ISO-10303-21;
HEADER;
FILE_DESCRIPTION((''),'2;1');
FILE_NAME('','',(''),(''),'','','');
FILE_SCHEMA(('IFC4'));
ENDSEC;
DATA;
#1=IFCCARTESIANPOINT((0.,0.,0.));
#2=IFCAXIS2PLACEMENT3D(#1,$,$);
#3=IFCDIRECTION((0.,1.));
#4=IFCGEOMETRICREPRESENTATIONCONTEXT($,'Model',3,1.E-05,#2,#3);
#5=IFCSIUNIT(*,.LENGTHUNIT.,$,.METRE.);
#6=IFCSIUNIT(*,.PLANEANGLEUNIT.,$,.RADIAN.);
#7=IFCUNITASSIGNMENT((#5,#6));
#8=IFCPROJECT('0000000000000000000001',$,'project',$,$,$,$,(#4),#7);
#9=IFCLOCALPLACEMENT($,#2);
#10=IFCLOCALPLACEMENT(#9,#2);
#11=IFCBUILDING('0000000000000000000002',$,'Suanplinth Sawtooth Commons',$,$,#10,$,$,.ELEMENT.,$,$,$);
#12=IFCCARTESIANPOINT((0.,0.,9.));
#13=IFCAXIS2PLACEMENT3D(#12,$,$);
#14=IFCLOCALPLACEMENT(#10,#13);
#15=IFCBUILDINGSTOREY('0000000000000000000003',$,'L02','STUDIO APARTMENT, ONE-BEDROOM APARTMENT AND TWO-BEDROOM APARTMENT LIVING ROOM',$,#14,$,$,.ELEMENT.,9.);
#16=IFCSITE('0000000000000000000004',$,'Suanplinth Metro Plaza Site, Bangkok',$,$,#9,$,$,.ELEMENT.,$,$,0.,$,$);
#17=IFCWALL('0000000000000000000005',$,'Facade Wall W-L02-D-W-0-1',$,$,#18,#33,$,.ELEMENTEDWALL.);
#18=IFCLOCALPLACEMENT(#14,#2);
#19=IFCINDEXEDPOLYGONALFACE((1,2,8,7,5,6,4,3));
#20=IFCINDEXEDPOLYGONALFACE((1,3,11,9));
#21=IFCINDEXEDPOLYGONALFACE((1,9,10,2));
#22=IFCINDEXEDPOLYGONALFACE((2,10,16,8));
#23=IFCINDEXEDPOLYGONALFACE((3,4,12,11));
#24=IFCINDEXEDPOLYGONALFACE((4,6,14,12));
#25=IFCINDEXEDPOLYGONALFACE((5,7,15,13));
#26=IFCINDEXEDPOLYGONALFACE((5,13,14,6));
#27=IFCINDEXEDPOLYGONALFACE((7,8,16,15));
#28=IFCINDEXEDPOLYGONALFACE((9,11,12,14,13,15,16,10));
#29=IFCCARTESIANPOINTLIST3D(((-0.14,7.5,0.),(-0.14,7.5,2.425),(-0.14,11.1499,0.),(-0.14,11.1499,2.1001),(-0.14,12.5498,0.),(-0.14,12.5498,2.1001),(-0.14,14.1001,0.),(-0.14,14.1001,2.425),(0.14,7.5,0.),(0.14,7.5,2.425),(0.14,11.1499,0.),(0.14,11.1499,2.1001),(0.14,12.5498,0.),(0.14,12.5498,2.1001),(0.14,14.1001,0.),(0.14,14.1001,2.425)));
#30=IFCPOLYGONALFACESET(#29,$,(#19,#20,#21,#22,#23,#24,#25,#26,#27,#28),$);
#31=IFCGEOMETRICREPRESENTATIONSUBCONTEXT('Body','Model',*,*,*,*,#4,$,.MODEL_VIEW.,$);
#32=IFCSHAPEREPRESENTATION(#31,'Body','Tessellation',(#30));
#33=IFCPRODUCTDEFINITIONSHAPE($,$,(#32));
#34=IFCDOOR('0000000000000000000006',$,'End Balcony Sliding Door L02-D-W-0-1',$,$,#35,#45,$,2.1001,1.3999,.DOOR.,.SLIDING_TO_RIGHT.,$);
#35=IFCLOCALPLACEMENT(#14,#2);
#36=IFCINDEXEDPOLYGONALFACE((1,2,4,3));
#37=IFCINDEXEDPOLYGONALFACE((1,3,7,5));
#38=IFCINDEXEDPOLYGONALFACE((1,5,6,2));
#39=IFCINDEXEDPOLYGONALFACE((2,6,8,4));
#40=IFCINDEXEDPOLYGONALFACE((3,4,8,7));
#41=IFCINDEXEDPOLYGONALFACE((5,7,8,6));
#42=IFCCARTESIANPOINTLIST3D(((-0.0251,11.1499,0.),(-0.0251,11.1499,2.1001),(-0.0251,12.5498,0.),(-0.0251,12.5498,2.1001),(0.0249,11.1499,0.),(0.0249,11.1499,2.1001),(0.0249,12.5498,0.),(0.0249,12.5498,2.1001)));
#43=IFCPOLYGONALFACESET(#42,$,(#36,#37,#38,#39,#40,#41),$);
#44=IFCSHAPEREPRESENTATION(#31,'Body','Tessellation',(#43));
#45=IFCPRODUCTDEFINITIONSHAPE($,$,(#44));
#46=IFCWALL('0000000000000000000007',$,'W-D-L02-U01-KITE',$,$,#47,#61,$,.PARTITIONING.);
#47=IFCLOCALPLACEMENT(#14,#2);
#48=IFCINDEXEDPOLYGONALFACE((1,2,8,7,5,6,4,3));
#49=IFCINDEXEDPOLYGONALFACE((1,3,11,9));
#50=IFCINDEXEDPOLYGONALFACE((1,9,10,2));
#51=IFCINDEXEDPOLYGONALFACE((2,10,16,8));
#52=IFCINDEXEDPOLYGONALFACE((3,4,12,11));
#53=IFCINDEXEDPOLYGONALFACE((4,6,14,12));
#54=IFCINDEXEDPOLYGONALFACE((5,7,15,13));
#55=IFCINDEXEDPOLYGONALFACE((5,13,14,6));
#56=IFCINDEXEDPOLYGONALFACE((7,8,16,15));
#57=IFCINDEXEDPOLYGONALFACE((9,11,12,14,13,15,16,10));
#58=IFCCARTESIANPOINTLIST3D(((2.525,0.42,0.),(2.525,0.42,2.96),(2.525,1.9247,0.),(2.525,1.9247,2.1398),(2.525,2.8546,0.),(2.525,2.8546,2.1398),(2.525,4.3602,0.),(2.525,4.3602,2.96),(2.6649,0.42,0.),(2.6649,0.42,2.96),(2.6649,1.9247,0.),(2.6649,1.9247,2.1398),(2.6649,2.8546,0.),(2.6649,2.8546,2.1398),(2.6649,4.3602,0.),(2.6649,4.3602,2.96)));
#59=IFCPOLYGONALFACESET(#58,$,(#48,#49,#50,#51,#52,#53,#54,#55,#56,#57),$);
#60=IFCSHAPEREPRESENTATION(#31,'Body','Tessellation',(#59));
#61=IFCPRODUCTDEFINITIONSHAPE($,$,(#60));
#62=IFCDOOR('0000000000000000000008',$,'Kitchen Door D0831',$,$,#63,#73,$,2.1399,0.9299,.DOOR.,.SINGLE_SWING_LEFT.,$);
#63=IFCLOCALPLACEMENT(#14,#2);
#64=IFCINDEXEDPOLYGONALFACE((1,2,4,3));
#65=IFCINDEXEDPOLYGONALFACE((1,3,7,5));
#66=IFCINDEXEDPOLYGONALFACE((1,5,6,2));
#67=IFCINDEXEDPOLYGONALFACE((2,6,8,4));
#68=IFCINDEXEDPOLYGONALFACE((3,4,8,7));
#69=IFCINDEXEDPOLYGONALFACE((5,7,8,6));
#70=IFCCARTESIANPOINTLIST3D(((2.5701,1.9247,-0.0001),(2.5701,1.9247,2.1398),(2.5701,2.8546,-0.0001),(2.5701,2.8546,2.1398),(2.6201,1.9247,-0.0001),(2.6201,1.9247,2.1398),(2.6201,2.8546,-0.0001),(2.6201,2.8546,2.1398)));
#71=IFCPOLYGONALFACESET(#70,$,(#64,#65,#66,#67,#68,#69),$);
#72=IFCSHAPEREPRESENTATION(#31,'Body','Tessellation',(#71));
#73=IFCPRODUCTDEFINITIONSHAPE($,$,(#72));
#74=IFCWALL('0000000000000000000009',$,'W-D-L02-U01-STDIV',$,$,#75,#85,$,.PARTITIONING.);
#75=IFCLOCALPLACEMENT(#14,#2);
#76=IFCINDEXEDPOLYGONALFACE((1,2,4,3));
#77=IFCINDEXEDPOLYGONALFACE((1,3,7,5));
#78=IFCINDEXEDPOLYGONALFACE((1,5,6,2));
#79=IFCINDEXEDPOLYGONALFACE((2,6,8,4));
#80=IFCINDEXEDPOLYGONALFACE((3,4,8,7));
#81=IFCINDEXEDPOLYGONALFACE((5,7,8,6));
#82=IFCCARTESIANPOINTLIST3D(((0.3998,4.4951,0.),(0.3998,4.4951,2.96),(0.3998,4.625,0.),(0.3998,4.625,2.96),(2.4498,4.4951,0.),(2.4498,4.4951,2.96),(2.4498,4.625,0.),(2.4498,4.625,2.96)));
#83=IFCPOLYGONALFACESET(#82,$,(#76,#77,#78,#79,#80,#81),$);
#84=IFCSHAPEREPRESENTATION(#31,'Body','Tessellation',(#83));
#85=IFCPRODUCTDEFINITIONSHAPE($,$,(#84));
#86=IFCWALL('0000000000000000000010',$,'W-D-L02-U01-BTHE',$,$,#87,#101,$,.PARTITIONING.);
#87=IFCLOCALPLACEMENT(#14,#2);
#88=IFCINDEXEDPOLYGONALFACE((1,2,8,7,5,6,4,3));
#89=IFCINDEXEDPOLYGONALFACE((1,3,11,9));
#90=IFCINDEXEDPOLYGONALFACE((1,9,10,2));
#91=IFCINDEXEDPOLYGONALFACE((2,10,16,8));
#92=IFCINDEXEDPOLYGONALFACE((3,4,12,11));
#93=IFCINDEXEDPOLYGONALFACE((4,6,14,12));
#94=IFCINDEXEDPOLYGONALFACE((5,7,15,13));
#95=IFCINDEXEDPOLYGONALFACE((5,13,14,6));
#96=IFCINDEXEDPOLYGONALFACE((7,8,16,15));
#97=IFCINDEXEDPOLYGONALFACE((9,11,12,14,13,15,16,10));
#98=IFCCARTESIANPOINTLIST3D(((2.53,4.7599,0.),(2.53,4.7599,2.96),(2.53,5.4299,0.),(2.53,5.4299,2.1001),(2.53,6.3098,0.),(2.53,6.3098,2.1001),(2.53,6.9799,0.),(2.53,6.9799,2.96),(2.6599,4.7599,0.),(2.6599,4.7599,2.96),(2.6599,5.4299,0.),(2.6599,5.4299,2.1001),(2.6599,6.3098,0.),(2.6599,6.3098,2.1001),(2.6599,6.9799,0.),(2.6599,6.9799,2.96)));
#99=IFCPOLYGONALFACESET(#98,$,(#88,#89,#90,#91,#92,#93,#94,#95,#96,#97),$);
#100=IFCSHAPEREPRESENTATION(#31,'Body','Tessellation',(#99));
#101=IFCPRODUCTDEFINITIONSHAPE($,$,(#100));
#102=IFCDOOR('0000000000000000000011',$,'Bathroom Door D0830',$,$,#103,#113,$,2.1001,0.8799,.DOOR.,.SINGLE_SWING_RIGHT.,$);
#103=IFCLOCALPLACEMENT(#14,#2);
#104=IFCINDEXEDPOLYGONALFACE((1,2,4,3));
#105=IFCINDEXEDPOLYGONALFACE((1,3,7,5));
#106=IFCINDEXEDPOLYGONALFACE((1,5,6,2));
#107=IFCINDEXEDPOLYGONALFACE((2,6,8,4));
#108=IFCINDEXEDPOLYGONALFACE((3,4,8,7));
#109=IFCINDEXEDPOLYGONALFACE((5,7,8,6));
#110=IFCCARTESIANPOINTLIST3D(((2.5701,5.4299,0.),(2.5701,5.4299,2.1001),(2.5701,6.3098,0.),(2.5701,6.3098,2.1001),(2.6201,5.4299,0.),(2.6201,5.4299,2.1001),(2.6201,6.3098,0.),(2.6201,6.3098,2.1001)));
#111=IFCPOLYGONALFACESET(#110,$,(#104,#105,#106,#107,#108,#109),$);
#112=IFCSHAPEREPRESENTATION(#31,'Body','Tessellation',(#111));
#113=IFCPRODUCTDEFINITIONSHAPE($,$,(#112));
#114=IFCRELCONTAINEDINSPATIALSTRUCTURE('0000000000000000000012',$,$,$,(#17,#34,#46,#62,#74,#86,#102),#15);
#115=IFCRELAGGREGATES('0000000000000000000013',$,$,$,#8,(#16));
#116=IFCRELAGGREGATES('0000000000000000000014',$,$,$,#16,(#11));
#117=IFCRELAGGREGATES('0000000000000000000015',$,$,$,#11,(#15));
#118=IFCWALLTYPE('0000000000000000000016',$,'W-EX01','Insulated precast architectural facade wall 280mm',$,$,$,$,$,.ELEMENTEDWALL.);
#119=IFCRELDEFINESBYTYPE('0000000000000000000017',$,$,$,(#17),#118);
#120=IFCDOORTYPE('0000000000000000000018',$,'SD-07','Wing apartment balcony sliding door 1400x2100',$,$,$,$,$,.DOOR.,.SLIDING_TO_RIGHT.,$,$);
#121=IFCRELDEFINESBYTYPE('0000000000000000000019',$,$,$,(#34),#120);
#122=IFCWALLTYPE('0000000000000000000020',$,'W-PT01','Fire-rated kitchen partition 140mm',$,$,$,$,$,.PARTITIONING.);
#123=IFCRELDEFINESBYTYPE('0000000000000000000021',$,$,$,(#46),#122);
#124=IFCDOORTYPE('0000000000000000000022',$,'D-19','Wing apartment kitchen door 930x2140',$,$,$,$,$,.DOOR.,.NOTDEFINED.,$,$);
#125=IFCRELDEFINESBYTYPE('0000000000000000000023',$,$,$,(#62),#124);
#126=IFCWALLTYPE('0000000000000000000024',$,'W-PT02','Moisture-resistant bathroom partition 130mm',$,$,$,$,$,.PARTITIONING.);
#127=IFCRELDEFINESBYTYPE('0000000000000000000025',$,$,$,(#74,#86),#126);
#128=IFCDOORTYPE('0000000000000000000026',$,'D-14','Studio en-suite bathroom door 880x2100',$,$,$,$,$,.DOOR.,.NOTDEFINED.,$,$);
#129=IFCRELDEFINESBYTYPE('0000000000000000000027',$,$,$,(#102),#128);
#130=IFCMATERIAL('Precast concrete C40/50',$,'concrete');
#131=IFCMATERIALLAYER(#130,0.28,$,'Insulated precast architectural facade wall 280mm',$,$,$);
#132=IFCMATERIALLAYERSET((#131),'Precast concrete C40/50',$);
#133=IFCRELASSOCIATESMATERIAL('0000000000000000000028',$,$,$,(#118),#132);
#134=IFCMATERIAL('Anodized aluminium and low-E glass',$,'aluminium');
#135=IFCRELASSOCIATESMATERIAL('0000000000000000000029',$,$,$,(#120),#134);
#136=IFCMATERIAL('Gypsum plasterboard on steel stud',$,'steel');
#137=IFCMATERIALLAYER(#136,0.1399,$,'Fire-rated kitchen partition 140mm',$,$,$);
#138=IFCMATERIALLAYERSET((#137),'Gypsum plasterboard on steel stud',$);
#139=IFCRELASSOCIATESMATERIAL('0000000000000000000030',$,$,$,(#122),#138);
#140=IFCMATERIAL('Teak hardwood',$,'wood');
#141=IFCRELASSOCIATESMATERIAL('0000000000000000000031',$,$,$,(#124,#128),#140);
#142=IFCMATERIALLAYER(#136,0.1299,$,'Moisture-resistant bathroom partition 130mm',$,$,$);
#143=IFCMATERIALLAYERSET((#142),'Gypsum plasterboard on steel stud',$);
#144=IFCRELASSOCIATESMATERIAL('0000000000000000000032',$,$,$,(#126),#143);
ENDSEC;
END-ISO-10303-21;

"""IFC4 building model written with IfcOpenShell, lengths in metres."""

from ifc_helpers import new_model, si_unit, direction, frame, frame_2d, origin, place, context, subcontext, project, spatial, rectangle, extrude, material, layer, layer_set, type_object, element, fill, save


model = new_model("IFC4")

# Units and contexts
model_context = context("Model", 3, precision=1e-05, world=origin(), true_north=direction((0.0, 1.0)))
body_context = subcontext(model_context, "Body", "Model", "MODEL_VIEW")
ifc_project = project(units=[si_unit("LENGTHUNIT", "METRE"), si_unit("PLANEANGLEUNIT", "RADIAN")], contexts=[model_context])

# Site, building, storey
site_placement = place(None, origin())
site = spatial("IfcSite", under=ifc_project, at=site_placement, Name="Suanplinth Metro Plaza Site, Bangkok", CompositionType="ELEMENT", RefElevation=0.0)
building_placement = place(site_placement, origin())
building = spatial("IfcBuilding", under=site, at=building_placement, Name="Suanplinth Sawtooth Commons", CompositionType="ELEMENT")
storey_placement = place(building_placement, frame((0.0, 0.0, 9.0)))
storey = spatial("IfcBuildingStorey", under=building, at=storey_placement, Name="L02", Description="STUDIO APARTMENT, ONE-BEDROOM APARTMENT AND TWO-BEDROOM APARTMENT LIVING ROOM", CompositionType="ELEMENT", Elevation=9.0)

# Shared definitions
ifc_material_1 = material(Name="Precast concrete C40/50", Category="concrete")

# Shared definitions
ifc_layer_1 = layer(ifc_material_1, 0.28, Name="Insulated precast architectural facade wall 280mm")
ifc_layer_set_1 = layer_set([ifc_layer_1], Name="Precast concrete C40/50")
wall_type_1 = type_object("IfcWallType", Name="W-EX01", Description="Insulated precast architectural facade wall 280mm", PredefinedType="ELEMENTEDWALL", material=ifc_layer_set_1)
ifc_material_2 = material(Name="Anodized aluminium and low-E glass", Category="aluminium")
door_type_1 = type_object("IfcDoorType", Name="SD-07", Description="Wing apartment balcony sliding door 1400x2100", OperationType="SLIDING_TO_RIGHT", PredefinedType="DOOR", material=ifc_material_2)

# Walls, openings, doors
wall_1_placement = place(storey_placement, frame((0.0, 7.5, 0.0), z_axis=(0.0, 0.0, 1.0), x_axis=(0.0, 1.0, 0.0)))
wall_1 = element("IfcWall", 1, at=wall_1_placement, inside=storey, type_object=wall_type_1, Name="Facade Wall W-L02-D-W-0-1", PredefinedType="ELEMENTEDWALL", context=body_context, shape_type="SweptSolid", body=[
    extrude(rectangle(XDim=6.6001, YDim=0.28, at=frame_2d((3.3, 0.0))), origin(), (0.0, 0.0, 1.0), 2.425),
])
opening_1_placement = place(wall_1_placement, frame((3.6499, 0.0, 0.0)))
opening_1 = element("IfcOpeningElement", 2, at=opening_1_placement, cuts=wall_1, PredefinedType="OPENING", context=body_context, shape_type="SweptSolid", body=[
    extrude(rectangle(XDim=1.3999, YDim=2.1001, at=frame_2d((0.7, 1.05))), frame((0.0, 0.1548, 0.0), z_axis=(0.0, -1.0, 0.0), x_axis=(1.0, 0.0, 0.0)), (0.0, 0.0, 1.0), 0.3098),
])
door_1_placement = place(opening_1_placement, frame((1.3999, 0.0, 0.0), z_axis=(0.0, 0.0, 1.0), x_axis=(-1.0, 0.0, 0.0)))
door_1 = element("IfcDoor", 3, at=door_1_placement, inside=storey, type_object=door_type_1, Name="End Balcony Sliding Door L02-D-W-0-1", OperationType="SLIDING_TO_RIGHT", OverallHeight=2.1001, OverallWidth=1.3999, PredefinedType="DOOR", context=body_context, shape_type="SweptSolid", body=[
    extrude(rectangle(XDim=1.3999, YDim=2.1001, at=frame_2d((0.7, 1.05))), frame((0.0, 0.0249, 0.0), z_axis=(0.0, -1.0, 0.0), x_axis=(1.0, 0.0, 0.0)), (0.0, 0.0, 1.0), 0.05),
])
fill(opening_1, door_1)
ifc_material_3 = material(Name="Gypsum plasterboard on steel stud", Category="steel")
ifc_layer_2 = layer(ifc_material_3, 0.1399, Name="Fire-rated kitchen partition 140mm")
ifc_layer_set_2 = layer_set([ifc_layer_2], Name="Gypsum plasterboard on steel stud")
wall_type_2 = type_object("IfcWallType", Name="W-PT01", Description="Fire-rated kitchen partition 140mm", PredefinedType="PARTITIONING", material=ifc_layer_set_2)
wall_2_placement = place(storey_placement, frame((2.595, 0.4199, 0.0), z_axis=(0.0, 0.0, 1.0), x_axis=(0.0, 1.0, 0.0)))
wall_2 = element("IfcWall", 4, at=wall_2_placement, inside=storey, type_object=wall_type_2, Name="W-D-L02-U01-KITE", PredefinedType="PARTITIONING", context=body_context, shape_type="SweptSolid", body=[
    extrude(rectangle(XDim=3.9402, YDim=0.1399, at=frame_2d((1.9702, 0.0))), origin(), (0.0, 0.0, 1.0), 2.96),
])
opening_2_placement = place(wall_2_placement, frame((1.5049, 0.0, 0.0)))
opening_2 = element("IfcOpeningElement", 5, at=opening_2_placement, cuts=wall_2, PredefinedType="OPENING", context=body_context, shape_type="SweptSolid", body=[
    extrude(rectangle(XDim=0.9299, YDim=2.1399, at=frame_2d((0.4648, 1.0698))), frame((0.0, 0.085, 0.0), z_axis=(0.0, -1.0, 0.0), x_axis=(1.0, 0.0, 0.0)), (0.0, 0.0, 1.0), 0.1697),
])
ifc_material_4 = material(Name="Teak hardwood", Category="wood")
door_type_2 = type_object("IfcDoorType", Name="D-19", Description="Wing apartment kitchen door 930x2140", OperationType="NOTDEFINED", PredefinedType="DOOR", material=ifc_material_4)
door_2_placement = place(opening_2_placement, origin())
door_2 = element("IfcDoor", 6, at=door_2_placement, inside=storey, type_object=door_type_2, Name="Kitchen Door D0831", OperationType="SINGLE_SWING_LEFT", OverallHeight=2.1399, OverallWidth=0.9299, PredefinedType="DOOR", context=body_context, shape_type="SweptSolid", body=[
    extrude(rectangle(XDim=0.9299, YDim=2.1399, at=frame_2d((0.4648, 1.0698))), frame((0.0, 0.0249, 0.0), z_axis=(0.0, -1.0, 0.0), x_axis=(1.0, 0.0, 0.0)), (0.0, 0.0, 1.0), 0.05),
])
fill(opening_2, door_2)

# Wall
ifc_layer_3 = layer(ifc_material_3, 0.1299, Name="Moisture-resistant bathroom partition 130mm")
ifc_layer_set_3 = layer_set([ifc_layer_3], Name="Gypsum plasterboard on steel stud")
wall_type_3 = type_object("IfcWallType", Name="W-PT02", Description="Moisture-resistant bathroom partition 130mm", PredefinedType="PARTITIONING", material=ifc_layer_set_3)
wall_3_placement = place(storey_placement, frame((0.3999, 4.5601, 0.0), z_axis=(0.0, 0.0, 1.0), x_axis=(1.0, 0.0, 0.0)))
element("IfcWall", 7, at=wall_3_placement, inside=storey, type_object=wall_type_3, Name="W-D-L02-U01-STDIV", PredefinedType="PARTITIONING", context=body_context, shape_type="SweptSolid", body=[
    extrude(rectangle(XDim=2.05, YDim=0.1299, at=frame_2d((1.0249, 0.0))), origin(), (0.0, 0.0, 1.0), 2.96),
])

# Wall, opening, door
wall_4_placement = place(storey_placement, frame((2.595, 4.76, 0.0), z_axis=(0.0, 0.0, 1.0), x_axis=(0.0, 1.0, 0.0)))
wall_4 = element("IfcWall", 8, at=wall_4_placement, inside=storey, type_object=wall_type_3, Name="W-D-L02-U01-BTHE", PredefinedType="PARTITIONING", context=body_context, shape_type="SweptSolid", body=[
    extrude(rectangle(XDim=2.22, YDim=0.1299, at=frame_2d((1.1099, 0.0))), origin(), (0.0, 0.0, 1.0), 2.96),
])
opening_3_placement = place(wall_4_placement, frame((0.6699, 0.0, 0.0)))
opening_3 = element("IfcOpeningElement", 9, at=opening_3_placement, cuts=wall_4, PredefinedType="OPENING", context=body_context, shape_type="SweptSolid", body=[
    extrude(rectangle(XDim=0.8799, YDim=2.1001, at=frame_2d((0.4399, 1.05))), frame((0.0, 0.0798, 0.0), z_axis=(0.0, -1.0, 0.0), x_axis=(1.0, 0.0, 0.0)), (0.0, 0.0, 1.0), 0.1597),
])
door_type_3 = type_object("IfcDoorType", Name="D-14", Description="Studio en-suite bathroom door 880x2100", OperationType="NOTDEFINED", PredefinedType="DOOR", material=ifc_material_4)
door_3_placement = place(opening_3_placement, origin())
door_3 = element("IfcDoor", 10, at=door_3_placement, inside=storey, type_object=door_type_3, Name="Bathroom Door D0830", OperationType="SINGLE_SWING_RIGHT", OverallHeight=2.1001, OverallWidth=0.8799, PredefinedType="DOOR", context=body_context, shape_type="SweptSolid", body=[
    extrude(rectangle(XDim=0.8799, YDim=2.1001, at=frame_2d((0.4399, 1.05))), frame((0.0, 0.0249, 0.0), z_axis=(0.0, -1.0, 0.0), x_axis=(1.0, 0.0, 0.0)), (0.0, 0.0, 1.0), 0.05),
])
fill(opening_3, door_3)

save(model, "model.ifc")
